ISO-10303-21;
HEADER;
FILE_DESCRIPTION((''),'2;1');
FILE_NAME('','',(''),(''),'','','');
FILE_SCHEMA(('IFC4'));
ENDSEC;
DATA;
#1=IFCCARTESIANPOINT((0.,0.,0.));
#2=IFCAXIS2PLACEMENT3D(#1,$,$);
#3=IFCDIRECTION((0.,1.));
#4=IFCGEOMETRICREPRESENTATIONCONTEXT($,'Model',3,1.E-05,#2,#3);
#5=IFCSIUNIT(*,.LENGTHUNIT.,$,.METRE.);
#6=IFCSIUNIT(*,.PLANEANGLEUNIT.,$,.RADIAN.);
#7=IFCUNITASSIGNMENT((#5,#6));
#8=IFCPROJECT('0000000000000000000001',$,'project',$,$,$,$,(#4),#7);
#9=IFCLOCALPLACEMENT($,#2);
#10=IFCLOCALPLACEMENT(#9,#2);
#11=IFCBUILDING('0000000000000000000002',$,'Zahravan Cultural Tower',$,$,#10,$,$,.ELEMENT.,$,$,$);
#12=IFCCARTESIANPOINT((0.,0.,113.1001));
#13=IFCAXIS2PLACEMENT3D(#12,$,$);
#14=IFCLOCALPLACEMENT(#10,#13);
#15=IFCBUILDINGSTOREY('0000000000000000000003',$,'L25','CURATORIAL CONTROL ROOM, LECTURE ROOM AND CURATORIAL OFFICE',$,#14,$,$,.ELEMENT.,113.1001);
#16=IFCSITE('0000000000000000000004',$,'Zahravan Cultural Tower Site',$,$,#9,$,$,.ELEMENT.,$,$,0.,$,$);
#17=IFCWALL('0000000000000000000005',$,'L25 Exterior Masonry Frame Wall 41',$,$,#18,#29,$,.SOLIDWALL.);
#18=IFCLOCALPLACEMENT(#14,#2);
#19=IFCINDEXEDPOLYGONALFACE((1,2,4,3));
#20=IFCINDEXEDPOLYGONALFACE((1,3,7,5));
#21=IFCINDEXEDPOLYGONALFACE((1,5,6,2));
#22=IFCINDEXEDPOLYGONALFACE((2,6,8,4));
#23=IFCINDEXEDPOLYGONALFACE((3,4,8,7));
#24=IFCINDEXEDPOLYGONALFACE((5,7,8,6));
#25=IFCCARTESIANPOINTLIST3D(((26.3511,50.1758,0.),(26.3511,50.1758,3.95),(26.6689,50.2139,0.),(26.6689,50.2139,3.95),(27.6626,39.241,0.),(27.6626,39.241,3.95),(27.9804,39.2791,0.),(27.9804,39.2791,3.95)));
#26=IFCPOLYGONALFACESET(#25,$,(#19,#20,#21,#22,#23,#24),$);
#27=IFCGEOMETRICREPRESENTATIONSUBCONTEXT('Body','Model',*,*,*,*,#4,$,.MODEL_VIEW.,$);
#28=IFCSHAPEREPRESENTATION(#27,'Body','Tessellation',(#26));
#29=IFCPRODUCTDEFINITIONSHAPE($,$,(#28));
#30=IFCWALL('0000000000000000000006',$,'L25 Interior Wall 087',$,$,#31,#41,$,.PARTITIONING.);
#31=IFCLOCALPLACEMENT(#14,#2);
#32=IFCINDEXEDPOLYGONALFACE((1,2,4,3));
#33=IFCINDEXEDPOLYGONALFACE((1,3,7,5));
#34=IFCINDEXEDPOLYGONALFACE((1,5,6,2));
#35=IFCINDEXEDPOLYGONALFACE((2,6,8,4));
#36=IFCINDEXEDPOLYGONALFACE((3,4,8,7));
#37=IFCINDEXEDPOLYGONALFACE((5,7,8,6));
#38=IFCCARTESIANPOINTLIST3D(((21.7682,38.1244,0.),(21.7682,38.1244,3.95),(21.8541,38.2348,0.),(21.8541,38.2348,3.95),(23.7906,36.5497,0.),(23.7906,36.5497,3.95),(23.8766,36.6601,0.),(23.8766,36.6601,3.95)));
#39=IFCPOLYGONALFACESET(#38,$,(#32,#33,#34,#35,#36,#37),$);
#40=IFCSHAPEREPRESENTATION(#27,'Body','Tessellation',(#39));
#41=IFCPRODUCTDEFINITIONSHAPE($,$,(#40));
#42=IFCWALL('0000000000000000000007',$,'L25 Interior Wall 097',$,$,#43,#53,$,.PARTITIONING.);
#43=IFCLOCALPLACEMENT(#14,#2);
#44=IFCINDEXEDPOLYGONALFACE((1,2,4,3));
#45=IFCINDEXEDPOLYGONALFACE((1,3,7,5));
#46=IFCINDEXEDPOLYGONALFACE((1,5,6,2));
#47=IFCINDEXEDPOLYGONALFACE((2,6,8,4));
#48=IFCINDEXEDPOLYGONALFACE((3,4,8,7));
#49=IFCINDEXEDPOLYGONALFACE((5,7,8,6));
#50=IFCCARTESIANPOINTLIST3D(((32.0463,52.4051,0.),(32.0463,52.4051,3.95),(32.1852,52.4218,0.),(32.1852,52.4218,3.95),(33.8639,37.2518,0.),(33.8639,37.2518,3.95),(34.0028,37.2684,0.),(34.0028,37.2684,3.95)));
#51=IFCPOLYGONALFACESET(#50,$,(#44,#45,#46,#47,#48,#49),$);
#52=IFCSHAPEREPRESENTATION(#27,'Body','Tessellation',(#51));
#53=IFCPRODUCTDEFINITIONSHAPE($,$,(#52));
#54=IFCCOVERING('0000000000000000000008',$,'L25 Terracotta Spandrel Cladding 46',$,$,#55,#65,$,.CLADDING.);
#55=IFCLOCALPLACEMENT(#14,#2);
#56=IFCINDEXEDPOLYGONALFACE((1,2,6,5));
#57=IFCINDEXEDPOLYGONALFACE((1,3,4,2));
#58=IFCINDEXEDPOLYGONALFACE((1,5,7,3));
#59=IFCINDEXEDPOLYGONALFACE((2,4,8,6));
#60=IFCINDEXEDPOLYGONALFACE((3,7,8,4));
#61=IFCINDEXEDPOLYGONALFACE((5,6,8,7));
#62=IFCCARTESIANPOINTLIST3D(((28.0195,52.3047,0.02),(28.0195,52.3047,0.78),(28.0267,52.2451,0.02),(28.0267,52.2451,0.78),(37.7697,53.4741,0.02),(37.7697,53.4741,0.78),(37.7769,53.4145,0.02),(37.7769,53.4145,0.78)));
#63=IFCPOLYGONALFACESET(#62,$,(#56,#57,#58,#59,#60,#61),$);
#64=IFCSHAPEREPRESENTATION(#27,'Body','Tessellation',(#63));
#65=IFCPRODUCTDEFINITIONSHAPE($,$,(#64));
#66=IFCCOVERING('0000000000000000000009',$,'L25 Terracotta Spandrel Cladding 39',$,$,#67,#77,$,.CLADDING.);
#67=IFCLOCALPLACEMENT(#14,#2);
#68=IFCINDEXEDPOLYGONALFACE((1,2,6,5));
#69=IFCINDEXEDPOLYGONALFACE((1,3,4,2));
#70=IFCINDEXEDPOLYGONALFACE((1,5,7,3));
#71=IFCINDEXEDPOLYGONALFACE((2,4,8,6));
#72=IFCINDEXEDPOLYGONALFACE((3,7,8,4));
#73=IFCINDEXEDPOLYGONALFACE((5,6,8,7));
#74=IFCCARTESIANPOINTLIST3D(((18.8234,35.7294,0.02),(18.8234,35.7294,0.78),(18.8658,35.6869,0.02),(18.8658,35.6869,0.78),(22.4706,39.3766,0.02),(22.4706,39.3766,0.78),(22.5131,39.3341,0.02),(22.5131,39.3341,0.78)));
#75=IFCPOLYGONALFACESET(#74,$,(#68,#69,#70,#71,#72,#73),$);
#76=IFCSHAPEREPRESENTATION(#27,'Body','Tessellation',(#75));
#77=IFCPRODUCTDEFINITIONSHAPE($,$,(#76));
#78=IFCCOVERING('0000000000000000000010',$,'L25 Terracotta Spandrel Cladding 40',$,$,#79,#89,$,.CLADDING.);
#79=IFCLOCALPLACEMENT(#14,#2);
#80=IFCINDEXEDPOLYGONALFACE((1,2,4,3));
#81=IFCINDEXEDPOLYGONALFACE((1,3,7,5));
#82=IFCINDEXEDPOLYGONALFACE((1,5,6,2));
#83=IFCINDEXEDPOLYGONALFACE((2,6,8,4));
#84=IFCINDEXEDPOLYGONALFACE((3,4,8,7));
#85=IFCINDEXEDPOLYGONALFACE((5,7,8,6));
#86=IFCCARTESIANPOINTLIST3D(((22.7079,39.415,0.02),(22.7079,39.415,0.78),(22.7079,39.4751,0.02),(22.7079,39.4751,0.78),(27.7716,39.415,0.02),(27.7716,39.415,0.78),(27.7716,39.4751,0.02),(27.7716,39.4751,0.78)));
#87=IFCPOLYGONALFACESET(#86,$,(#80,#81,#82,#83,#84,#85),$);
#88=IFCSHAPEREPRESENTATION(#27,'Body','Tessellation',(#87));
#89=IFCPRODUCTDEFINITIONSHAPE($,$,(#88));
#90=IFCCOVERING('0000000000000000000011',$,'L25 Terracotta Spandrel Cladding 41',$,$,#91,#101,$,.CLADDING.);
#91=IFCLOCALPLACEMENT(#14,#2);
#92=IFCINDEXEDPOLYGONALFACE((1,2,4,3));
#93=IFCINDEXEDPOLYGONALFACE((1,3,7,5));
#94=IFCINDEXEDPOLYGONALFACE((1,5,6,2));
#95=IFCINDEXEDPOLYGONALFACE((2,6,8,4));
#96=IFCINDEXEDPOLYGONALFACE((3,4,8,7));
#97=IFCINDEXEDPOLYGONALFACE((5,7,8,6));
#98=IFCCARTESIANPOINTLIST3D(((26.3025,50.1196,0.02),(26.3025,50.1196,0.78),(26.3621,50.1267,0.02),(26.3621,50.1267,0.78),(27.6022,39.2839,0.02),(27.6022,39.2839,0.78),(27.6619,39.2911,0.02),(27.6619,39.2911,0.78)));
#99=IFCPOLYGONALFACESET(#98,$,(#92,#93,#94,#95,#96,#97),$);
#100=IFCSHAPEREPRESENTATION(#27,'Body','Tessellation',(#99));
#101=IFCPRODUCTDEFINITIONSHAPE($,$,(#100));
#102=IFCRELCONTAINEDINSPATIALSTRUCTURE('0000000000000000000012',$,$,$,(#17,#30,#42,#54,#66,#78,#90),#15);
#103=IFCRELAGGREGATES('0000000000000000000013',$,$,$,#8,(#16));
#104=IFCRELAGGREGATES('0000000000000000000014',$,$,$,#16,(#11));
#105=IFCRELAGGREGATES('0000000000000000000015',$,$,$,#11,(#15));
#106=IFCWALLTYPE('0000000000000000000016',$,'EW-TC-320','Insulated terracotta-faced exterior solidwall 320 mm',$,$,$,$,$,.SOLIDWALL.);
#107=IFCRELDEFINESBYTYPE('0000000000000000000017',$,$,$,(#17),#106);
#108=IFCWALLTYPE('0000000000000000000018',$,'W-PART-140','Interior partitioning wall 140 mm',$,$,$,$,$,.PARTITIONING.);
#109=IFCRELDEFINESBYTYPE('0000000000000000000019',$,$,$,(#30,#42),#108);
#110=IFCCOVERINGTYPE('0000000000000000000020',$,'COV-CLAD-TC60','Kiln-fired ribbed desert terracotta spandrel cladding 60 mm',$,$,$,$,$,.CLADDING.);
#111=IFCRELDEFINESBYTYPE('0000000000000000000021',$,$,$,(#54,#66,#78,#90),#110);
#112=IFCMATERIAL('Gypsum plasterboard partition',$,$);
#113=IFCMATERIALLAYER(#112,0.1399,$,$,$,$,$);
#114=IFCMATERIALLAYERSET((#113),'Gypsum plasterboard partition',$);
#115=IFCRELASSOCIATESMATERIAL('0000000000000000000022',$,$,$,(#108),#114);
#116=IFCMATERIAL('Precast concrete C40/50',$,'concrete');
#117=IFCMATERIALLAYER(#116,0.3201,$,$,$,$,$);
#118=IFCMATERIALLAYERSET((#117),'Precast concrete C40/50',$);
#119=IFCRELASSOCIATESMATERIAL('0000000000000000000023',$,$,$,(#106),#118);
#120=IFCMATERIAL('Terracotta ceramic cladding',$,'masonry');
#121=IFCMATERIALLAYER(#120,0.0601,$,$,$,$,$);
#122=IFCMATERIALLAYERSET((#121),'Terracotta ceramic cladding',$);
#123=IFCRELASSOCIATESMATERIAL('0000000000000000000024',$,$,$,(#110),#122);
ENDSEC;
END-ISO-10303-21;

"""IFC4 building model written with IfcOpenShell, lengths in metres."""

from ifc_helpers import new_model, si_unit, direction, frame, frame_2d, origin, origin_2d, place, context, subcontext, project, spatial, rectangle, extrude, source, transform, mapped, material, layer, layer_set, type_object, element, save


model = new_model("IFC4")

# Units and contexts
model_context = context("Model", 3, precision=1e-05, world=origin(), true_north=direction((0.0, 1.0)))
body_context = subcontext(model_context, "Body", "Model", "MODEL_VIEW")
ifc_project = project(units=[si_unit("LENGTHUNIT", "METRE"), si_unit("PLANEANGLEUNIT", "RADIAN")], contexts=[model_context])

# Site, building, storey
site_placement = place(None, origin())
site = spatial("IfcSite", under=ifc_project, at=site_placement, Name="Zahravan Cultural Tower Site", CompositionType="ELEMENT", RefElevation=0.0)
building_placement = place(site_placement, origin())
building = spatial("IfcBuilding", under=site, at=building_placement, Name="Zahravan Cultural Tower", CompositionType="ELEMENT")
storey_placement = place(building_placement, frame((0.0, 0.0, 113.1001)))
storey = spatial("IfcBuildingStorey", under=building, at=storey_placement, Name="L25", Description="CURATORIAL CONTROL ROOM, LECTURE ROOM AND CURATORIAL OFFICE", CompositionType="ELEMENT", Elevation=113.1001)

# Shared definitions
ifc_material_1 = material(Name="Gypsum plasterboard partition")
ifc_layer_1 = layer(ifc_material_1, 0.1399)
ifc_layer_set_1 = layer_set([ifc_layer_1], Name="Gypsum plasterboard partition")
wall_type_1 = type_object("IfcWallType", Name="W-PART-140", Description="Interior partitioning wall 140 mm", PredefinedType="PARTITIONING", material=ifc_layer_set_1)

# Walls
ifc_material_2 = material(Name="Precast concrete C40/50", Category="concrete")
ifc_layer_2 = layer(ifc_material_2, 0.3201)
ifc_layer_set_2 = layer_set([ifc_layer_2], Name="Precast concrete C40/50")
wall_type_2 = type_object("IfcWallType", Name="EW-TC-320", Description="Insulated terracotta-faced exterior solidwall 320 mm", PredefinedType="SOLIDWALL", material=ifc_layer_set_2)
shared_shape_1 = source(origin(), body_context, "Body", "SweptSolid", [
    extrude(rectangle(XDim=11.0132, YDim=0.3201, at=frame_2d((5.5066, 0.0))), origin(), (0.0, 0.0, 1.0), 3.95),
])
wall_1_placement = place(storey_placement, frame((27.8215, 39.26, 0.0), z_axis=(0.0, 0.0, 1.0), x_axis=(-0.119087, 0.992884, 0.0)))
element("IfcWall", 1, at=wall_1_placement, inside=storey, type_object=wall_type_2, Name="L25 Exterior Masonry Frame Wall 41", PredefinedType="SOLIDWALL", context=body_context, shape_type="MappedRepresentation", body=[
    mapped(shared_shape_1, transform((0.0, 0.0, 0.0), x_axis=(1.0, 0.0, 0.0), y_axis=(0.0, 1.0, 0.0), z_axis=(0.0, 0.0, 1.0), scale=1.0)),
])
shared_shape_2 = source(origin(), body_context, "Body", "SweptSolid", [
    extrude(rectangle(XDim=2.5632, YDim=0.1399, at=frame_2d((1.2817, 0.0))), origin(), (0.0, 0.0, 1.0), 3.95),
])
wall_2_placement = place(storey_placement, frame((21.811, 38.1797, 0.0), z_axis=(0.0, 0.0, 1.0), x_axis=(0.789034, -0.614349, 0.0)))
element("IfcWall", 2, at=wall_2_placement, inside=storey, type_object=wall_type_1, Name="L25 Interior Wall 087", PredefinedType="PARTITIONING", context=body_context, shape_type="MappedRepresentation", body=[
    mapped(shared_shape_2, transform((0.0, 0.0, 0.0), x_axis=(1.0, 0.0, 0.0), y_axis=(0.0, 1.0, 0.0), z_axis=(0.0, 0.0, 1.0), scale=1.0)),
])
shared_shape_3 = source(origin(), body_context, "Body", "SweptSolid", [
    extrude(rectangle(XDim=15.262, YDim=0.1399, at=frame_2d((7.6309, 0.0))), origin(), (0.0, 0.0, 1.0), 3.95),
])
wall_3_placement = place(storey_placement, frame((32.1157, 52.4133, 0.0), z_axis=(0.0, 0.0, 1.0), x_axis=(0.119095, -0.992883, 0.0)))
element("IfcWall", 3, at=wall_3_placement, inside=storey, type_object=wall_type_1, Name="L25 Interior Wall 097", PredefinedType="PARTITIONING", context=body_context, shape_type="MappedRepresentation", body=[
    mapped(shared_shape_3, transform((0.0, 0.0, 0.0), x_axis=(1.0, 0.0, 0.0), y_axis=(0.0, 1.0, 0.0), z_axis=(0.0, 0.0, 1.0), scale=1.0)),
])

# Coverings
ifc_material_3 = material(Name="Terracotta ceramic cladding", Category="masonry")
ifc_layer_3 = layer(ifc_material_3, 0.0601)
ifc_layer_set_3 = layer_set([ifc_layer_3], Name="Terracotta ceramic cladding")
covering_type = type_object("IfcCoveringType", Name="COV-CLAD-TC60", Description="Kiln-fired ribbed desert terracotta spandrel cladding 60 mm", PredefinedType="CLADDING", material=ifc_layer_set_3)
shared_shape_4 = source(origin(), body_context, "Body", "SweptSolid", [
    extrude(rectangle(XDim=9.8201, YDim=0.0601, at=origin_2d()), origin(), (0.0, 0.0, 1.0), 0.76),
])
covering_1_placement = place(storey_placement, frame((32.8982, 52.8596, 0.02), z_axis=(0.0, 0.0, 1.0), x_axis=(0.992885, 0.11908, 0.0)))
element("IfcCovering", 4, at=covering_1_placement, inside=storey, type_object=covering_type, Name="L25 Terracotta Spandrel Cladding 46", PredefinedType="CLADDING", context=body_context, shape_type="MappedRepresentation", body=[
    mapped(shared_shape_4, transform((0.0, 0.0, 0.0), x_axis=(1.0, 0.0, 0.0), y_axis=(0.0, 1.0, 0.0), z_axis=(0.0, 0.0, 1.0), scale=1.0)),
])
shared_shape_5 = source(origin(), body_context, "Body", "SweptSolid", [
    extrude(rectangle(XDim=5.158, YDim=0.0601, at=origin_2d()), origin(), (0.0, 0.0, 1.0), 0.76),
])
covering_2_placement = place(storey_placement, frame((20.6682, 37.5317, 0.02), z_axis=(0.0, 0.0, 1.0), x_axis=(0.707107, 0.707107, 0.0)))
element("IfcCovering", 5, at=covering_2_placement, inside=storey, type_object=covering_type, Name="L25 Terracotta Spandrel Cladding 39", PredefinedType="CLADDING", context=body_context, shape_type="MappedRepresentation", body=[
    mapped(shared_shape_5, transform((0.0, 0.0, 0.0), x_axis=(1.0, 0.0, 0.0), y_axis=(0.0, 1.0, 0.0), z_axis=(0.0, 0.0, 1.0), scale=1.0)),
])
shared_shape_6 = source(origin(), body_context, "Body", "SweptSolid", [
    extrude(rectangle(XDim=5.0637, YDim=0.0601, at=origin_2d()), origin(), (0.0, 0.0, 1.0), 0.76),
])
covering_3_placement = place(storey_placement, frame((25.2397, 39.4451, 0.02), z_axis=(0.0, 0.0, 1.0), x_axis=(1.0, 0.0, 0.0)))
element("IfcCovering", 6, at=covering_3_placement, inside=storey, type_object=covering_type, Name="L25 Terracotta Spandrel Cladding 40", PredefinedType="CLADDING", context=body_context, shape_type="MappedRepresentation", body=[
    mapped(shared_shape_6, transform((0.0, 0.0, 0.0), x_axis=(1.0, 0.0, 0.0), y_axis=(0.0, 1.0, 0.0), z_axis=(0.0, 0.0, 1.0), scale=1.0)),
])
shared_shape_7 = source(origin(), body_context, "Body", "SweptSolid", [
    extrude(rectangle(XDim=10.9133, YDim=0.0601, at=origin_2d()), origin(), (0.0, 0.0, 1.0), 0.76),
])
covering_4_placement = place(storey_placement, frame((26.9822, 44.7053, 0.02), z_axis=(0.0, 0.0, 1.0), x_axis=(-0.119097, 0.992883, 0.0)))
element("IfcCovering", 7, at=covering_4_placement, inside=storey, type_object=covering_type, Name="L25 Terracotta Spandrel Cladding 41", PredefinedType="CLADDING", context=body_context, shape_type="MappedRepresentation", body=[
    mapped(shared_shape_7, transform((0.0, 0.0, 0.0), x_axis=(1.0, 0.0, 0.0), y_axis=(0.0, 1.0, 0.0), z_axis=(0.0, 0.0, 1.0), scale=1.0)),
])

save(model, "model.ifc")
